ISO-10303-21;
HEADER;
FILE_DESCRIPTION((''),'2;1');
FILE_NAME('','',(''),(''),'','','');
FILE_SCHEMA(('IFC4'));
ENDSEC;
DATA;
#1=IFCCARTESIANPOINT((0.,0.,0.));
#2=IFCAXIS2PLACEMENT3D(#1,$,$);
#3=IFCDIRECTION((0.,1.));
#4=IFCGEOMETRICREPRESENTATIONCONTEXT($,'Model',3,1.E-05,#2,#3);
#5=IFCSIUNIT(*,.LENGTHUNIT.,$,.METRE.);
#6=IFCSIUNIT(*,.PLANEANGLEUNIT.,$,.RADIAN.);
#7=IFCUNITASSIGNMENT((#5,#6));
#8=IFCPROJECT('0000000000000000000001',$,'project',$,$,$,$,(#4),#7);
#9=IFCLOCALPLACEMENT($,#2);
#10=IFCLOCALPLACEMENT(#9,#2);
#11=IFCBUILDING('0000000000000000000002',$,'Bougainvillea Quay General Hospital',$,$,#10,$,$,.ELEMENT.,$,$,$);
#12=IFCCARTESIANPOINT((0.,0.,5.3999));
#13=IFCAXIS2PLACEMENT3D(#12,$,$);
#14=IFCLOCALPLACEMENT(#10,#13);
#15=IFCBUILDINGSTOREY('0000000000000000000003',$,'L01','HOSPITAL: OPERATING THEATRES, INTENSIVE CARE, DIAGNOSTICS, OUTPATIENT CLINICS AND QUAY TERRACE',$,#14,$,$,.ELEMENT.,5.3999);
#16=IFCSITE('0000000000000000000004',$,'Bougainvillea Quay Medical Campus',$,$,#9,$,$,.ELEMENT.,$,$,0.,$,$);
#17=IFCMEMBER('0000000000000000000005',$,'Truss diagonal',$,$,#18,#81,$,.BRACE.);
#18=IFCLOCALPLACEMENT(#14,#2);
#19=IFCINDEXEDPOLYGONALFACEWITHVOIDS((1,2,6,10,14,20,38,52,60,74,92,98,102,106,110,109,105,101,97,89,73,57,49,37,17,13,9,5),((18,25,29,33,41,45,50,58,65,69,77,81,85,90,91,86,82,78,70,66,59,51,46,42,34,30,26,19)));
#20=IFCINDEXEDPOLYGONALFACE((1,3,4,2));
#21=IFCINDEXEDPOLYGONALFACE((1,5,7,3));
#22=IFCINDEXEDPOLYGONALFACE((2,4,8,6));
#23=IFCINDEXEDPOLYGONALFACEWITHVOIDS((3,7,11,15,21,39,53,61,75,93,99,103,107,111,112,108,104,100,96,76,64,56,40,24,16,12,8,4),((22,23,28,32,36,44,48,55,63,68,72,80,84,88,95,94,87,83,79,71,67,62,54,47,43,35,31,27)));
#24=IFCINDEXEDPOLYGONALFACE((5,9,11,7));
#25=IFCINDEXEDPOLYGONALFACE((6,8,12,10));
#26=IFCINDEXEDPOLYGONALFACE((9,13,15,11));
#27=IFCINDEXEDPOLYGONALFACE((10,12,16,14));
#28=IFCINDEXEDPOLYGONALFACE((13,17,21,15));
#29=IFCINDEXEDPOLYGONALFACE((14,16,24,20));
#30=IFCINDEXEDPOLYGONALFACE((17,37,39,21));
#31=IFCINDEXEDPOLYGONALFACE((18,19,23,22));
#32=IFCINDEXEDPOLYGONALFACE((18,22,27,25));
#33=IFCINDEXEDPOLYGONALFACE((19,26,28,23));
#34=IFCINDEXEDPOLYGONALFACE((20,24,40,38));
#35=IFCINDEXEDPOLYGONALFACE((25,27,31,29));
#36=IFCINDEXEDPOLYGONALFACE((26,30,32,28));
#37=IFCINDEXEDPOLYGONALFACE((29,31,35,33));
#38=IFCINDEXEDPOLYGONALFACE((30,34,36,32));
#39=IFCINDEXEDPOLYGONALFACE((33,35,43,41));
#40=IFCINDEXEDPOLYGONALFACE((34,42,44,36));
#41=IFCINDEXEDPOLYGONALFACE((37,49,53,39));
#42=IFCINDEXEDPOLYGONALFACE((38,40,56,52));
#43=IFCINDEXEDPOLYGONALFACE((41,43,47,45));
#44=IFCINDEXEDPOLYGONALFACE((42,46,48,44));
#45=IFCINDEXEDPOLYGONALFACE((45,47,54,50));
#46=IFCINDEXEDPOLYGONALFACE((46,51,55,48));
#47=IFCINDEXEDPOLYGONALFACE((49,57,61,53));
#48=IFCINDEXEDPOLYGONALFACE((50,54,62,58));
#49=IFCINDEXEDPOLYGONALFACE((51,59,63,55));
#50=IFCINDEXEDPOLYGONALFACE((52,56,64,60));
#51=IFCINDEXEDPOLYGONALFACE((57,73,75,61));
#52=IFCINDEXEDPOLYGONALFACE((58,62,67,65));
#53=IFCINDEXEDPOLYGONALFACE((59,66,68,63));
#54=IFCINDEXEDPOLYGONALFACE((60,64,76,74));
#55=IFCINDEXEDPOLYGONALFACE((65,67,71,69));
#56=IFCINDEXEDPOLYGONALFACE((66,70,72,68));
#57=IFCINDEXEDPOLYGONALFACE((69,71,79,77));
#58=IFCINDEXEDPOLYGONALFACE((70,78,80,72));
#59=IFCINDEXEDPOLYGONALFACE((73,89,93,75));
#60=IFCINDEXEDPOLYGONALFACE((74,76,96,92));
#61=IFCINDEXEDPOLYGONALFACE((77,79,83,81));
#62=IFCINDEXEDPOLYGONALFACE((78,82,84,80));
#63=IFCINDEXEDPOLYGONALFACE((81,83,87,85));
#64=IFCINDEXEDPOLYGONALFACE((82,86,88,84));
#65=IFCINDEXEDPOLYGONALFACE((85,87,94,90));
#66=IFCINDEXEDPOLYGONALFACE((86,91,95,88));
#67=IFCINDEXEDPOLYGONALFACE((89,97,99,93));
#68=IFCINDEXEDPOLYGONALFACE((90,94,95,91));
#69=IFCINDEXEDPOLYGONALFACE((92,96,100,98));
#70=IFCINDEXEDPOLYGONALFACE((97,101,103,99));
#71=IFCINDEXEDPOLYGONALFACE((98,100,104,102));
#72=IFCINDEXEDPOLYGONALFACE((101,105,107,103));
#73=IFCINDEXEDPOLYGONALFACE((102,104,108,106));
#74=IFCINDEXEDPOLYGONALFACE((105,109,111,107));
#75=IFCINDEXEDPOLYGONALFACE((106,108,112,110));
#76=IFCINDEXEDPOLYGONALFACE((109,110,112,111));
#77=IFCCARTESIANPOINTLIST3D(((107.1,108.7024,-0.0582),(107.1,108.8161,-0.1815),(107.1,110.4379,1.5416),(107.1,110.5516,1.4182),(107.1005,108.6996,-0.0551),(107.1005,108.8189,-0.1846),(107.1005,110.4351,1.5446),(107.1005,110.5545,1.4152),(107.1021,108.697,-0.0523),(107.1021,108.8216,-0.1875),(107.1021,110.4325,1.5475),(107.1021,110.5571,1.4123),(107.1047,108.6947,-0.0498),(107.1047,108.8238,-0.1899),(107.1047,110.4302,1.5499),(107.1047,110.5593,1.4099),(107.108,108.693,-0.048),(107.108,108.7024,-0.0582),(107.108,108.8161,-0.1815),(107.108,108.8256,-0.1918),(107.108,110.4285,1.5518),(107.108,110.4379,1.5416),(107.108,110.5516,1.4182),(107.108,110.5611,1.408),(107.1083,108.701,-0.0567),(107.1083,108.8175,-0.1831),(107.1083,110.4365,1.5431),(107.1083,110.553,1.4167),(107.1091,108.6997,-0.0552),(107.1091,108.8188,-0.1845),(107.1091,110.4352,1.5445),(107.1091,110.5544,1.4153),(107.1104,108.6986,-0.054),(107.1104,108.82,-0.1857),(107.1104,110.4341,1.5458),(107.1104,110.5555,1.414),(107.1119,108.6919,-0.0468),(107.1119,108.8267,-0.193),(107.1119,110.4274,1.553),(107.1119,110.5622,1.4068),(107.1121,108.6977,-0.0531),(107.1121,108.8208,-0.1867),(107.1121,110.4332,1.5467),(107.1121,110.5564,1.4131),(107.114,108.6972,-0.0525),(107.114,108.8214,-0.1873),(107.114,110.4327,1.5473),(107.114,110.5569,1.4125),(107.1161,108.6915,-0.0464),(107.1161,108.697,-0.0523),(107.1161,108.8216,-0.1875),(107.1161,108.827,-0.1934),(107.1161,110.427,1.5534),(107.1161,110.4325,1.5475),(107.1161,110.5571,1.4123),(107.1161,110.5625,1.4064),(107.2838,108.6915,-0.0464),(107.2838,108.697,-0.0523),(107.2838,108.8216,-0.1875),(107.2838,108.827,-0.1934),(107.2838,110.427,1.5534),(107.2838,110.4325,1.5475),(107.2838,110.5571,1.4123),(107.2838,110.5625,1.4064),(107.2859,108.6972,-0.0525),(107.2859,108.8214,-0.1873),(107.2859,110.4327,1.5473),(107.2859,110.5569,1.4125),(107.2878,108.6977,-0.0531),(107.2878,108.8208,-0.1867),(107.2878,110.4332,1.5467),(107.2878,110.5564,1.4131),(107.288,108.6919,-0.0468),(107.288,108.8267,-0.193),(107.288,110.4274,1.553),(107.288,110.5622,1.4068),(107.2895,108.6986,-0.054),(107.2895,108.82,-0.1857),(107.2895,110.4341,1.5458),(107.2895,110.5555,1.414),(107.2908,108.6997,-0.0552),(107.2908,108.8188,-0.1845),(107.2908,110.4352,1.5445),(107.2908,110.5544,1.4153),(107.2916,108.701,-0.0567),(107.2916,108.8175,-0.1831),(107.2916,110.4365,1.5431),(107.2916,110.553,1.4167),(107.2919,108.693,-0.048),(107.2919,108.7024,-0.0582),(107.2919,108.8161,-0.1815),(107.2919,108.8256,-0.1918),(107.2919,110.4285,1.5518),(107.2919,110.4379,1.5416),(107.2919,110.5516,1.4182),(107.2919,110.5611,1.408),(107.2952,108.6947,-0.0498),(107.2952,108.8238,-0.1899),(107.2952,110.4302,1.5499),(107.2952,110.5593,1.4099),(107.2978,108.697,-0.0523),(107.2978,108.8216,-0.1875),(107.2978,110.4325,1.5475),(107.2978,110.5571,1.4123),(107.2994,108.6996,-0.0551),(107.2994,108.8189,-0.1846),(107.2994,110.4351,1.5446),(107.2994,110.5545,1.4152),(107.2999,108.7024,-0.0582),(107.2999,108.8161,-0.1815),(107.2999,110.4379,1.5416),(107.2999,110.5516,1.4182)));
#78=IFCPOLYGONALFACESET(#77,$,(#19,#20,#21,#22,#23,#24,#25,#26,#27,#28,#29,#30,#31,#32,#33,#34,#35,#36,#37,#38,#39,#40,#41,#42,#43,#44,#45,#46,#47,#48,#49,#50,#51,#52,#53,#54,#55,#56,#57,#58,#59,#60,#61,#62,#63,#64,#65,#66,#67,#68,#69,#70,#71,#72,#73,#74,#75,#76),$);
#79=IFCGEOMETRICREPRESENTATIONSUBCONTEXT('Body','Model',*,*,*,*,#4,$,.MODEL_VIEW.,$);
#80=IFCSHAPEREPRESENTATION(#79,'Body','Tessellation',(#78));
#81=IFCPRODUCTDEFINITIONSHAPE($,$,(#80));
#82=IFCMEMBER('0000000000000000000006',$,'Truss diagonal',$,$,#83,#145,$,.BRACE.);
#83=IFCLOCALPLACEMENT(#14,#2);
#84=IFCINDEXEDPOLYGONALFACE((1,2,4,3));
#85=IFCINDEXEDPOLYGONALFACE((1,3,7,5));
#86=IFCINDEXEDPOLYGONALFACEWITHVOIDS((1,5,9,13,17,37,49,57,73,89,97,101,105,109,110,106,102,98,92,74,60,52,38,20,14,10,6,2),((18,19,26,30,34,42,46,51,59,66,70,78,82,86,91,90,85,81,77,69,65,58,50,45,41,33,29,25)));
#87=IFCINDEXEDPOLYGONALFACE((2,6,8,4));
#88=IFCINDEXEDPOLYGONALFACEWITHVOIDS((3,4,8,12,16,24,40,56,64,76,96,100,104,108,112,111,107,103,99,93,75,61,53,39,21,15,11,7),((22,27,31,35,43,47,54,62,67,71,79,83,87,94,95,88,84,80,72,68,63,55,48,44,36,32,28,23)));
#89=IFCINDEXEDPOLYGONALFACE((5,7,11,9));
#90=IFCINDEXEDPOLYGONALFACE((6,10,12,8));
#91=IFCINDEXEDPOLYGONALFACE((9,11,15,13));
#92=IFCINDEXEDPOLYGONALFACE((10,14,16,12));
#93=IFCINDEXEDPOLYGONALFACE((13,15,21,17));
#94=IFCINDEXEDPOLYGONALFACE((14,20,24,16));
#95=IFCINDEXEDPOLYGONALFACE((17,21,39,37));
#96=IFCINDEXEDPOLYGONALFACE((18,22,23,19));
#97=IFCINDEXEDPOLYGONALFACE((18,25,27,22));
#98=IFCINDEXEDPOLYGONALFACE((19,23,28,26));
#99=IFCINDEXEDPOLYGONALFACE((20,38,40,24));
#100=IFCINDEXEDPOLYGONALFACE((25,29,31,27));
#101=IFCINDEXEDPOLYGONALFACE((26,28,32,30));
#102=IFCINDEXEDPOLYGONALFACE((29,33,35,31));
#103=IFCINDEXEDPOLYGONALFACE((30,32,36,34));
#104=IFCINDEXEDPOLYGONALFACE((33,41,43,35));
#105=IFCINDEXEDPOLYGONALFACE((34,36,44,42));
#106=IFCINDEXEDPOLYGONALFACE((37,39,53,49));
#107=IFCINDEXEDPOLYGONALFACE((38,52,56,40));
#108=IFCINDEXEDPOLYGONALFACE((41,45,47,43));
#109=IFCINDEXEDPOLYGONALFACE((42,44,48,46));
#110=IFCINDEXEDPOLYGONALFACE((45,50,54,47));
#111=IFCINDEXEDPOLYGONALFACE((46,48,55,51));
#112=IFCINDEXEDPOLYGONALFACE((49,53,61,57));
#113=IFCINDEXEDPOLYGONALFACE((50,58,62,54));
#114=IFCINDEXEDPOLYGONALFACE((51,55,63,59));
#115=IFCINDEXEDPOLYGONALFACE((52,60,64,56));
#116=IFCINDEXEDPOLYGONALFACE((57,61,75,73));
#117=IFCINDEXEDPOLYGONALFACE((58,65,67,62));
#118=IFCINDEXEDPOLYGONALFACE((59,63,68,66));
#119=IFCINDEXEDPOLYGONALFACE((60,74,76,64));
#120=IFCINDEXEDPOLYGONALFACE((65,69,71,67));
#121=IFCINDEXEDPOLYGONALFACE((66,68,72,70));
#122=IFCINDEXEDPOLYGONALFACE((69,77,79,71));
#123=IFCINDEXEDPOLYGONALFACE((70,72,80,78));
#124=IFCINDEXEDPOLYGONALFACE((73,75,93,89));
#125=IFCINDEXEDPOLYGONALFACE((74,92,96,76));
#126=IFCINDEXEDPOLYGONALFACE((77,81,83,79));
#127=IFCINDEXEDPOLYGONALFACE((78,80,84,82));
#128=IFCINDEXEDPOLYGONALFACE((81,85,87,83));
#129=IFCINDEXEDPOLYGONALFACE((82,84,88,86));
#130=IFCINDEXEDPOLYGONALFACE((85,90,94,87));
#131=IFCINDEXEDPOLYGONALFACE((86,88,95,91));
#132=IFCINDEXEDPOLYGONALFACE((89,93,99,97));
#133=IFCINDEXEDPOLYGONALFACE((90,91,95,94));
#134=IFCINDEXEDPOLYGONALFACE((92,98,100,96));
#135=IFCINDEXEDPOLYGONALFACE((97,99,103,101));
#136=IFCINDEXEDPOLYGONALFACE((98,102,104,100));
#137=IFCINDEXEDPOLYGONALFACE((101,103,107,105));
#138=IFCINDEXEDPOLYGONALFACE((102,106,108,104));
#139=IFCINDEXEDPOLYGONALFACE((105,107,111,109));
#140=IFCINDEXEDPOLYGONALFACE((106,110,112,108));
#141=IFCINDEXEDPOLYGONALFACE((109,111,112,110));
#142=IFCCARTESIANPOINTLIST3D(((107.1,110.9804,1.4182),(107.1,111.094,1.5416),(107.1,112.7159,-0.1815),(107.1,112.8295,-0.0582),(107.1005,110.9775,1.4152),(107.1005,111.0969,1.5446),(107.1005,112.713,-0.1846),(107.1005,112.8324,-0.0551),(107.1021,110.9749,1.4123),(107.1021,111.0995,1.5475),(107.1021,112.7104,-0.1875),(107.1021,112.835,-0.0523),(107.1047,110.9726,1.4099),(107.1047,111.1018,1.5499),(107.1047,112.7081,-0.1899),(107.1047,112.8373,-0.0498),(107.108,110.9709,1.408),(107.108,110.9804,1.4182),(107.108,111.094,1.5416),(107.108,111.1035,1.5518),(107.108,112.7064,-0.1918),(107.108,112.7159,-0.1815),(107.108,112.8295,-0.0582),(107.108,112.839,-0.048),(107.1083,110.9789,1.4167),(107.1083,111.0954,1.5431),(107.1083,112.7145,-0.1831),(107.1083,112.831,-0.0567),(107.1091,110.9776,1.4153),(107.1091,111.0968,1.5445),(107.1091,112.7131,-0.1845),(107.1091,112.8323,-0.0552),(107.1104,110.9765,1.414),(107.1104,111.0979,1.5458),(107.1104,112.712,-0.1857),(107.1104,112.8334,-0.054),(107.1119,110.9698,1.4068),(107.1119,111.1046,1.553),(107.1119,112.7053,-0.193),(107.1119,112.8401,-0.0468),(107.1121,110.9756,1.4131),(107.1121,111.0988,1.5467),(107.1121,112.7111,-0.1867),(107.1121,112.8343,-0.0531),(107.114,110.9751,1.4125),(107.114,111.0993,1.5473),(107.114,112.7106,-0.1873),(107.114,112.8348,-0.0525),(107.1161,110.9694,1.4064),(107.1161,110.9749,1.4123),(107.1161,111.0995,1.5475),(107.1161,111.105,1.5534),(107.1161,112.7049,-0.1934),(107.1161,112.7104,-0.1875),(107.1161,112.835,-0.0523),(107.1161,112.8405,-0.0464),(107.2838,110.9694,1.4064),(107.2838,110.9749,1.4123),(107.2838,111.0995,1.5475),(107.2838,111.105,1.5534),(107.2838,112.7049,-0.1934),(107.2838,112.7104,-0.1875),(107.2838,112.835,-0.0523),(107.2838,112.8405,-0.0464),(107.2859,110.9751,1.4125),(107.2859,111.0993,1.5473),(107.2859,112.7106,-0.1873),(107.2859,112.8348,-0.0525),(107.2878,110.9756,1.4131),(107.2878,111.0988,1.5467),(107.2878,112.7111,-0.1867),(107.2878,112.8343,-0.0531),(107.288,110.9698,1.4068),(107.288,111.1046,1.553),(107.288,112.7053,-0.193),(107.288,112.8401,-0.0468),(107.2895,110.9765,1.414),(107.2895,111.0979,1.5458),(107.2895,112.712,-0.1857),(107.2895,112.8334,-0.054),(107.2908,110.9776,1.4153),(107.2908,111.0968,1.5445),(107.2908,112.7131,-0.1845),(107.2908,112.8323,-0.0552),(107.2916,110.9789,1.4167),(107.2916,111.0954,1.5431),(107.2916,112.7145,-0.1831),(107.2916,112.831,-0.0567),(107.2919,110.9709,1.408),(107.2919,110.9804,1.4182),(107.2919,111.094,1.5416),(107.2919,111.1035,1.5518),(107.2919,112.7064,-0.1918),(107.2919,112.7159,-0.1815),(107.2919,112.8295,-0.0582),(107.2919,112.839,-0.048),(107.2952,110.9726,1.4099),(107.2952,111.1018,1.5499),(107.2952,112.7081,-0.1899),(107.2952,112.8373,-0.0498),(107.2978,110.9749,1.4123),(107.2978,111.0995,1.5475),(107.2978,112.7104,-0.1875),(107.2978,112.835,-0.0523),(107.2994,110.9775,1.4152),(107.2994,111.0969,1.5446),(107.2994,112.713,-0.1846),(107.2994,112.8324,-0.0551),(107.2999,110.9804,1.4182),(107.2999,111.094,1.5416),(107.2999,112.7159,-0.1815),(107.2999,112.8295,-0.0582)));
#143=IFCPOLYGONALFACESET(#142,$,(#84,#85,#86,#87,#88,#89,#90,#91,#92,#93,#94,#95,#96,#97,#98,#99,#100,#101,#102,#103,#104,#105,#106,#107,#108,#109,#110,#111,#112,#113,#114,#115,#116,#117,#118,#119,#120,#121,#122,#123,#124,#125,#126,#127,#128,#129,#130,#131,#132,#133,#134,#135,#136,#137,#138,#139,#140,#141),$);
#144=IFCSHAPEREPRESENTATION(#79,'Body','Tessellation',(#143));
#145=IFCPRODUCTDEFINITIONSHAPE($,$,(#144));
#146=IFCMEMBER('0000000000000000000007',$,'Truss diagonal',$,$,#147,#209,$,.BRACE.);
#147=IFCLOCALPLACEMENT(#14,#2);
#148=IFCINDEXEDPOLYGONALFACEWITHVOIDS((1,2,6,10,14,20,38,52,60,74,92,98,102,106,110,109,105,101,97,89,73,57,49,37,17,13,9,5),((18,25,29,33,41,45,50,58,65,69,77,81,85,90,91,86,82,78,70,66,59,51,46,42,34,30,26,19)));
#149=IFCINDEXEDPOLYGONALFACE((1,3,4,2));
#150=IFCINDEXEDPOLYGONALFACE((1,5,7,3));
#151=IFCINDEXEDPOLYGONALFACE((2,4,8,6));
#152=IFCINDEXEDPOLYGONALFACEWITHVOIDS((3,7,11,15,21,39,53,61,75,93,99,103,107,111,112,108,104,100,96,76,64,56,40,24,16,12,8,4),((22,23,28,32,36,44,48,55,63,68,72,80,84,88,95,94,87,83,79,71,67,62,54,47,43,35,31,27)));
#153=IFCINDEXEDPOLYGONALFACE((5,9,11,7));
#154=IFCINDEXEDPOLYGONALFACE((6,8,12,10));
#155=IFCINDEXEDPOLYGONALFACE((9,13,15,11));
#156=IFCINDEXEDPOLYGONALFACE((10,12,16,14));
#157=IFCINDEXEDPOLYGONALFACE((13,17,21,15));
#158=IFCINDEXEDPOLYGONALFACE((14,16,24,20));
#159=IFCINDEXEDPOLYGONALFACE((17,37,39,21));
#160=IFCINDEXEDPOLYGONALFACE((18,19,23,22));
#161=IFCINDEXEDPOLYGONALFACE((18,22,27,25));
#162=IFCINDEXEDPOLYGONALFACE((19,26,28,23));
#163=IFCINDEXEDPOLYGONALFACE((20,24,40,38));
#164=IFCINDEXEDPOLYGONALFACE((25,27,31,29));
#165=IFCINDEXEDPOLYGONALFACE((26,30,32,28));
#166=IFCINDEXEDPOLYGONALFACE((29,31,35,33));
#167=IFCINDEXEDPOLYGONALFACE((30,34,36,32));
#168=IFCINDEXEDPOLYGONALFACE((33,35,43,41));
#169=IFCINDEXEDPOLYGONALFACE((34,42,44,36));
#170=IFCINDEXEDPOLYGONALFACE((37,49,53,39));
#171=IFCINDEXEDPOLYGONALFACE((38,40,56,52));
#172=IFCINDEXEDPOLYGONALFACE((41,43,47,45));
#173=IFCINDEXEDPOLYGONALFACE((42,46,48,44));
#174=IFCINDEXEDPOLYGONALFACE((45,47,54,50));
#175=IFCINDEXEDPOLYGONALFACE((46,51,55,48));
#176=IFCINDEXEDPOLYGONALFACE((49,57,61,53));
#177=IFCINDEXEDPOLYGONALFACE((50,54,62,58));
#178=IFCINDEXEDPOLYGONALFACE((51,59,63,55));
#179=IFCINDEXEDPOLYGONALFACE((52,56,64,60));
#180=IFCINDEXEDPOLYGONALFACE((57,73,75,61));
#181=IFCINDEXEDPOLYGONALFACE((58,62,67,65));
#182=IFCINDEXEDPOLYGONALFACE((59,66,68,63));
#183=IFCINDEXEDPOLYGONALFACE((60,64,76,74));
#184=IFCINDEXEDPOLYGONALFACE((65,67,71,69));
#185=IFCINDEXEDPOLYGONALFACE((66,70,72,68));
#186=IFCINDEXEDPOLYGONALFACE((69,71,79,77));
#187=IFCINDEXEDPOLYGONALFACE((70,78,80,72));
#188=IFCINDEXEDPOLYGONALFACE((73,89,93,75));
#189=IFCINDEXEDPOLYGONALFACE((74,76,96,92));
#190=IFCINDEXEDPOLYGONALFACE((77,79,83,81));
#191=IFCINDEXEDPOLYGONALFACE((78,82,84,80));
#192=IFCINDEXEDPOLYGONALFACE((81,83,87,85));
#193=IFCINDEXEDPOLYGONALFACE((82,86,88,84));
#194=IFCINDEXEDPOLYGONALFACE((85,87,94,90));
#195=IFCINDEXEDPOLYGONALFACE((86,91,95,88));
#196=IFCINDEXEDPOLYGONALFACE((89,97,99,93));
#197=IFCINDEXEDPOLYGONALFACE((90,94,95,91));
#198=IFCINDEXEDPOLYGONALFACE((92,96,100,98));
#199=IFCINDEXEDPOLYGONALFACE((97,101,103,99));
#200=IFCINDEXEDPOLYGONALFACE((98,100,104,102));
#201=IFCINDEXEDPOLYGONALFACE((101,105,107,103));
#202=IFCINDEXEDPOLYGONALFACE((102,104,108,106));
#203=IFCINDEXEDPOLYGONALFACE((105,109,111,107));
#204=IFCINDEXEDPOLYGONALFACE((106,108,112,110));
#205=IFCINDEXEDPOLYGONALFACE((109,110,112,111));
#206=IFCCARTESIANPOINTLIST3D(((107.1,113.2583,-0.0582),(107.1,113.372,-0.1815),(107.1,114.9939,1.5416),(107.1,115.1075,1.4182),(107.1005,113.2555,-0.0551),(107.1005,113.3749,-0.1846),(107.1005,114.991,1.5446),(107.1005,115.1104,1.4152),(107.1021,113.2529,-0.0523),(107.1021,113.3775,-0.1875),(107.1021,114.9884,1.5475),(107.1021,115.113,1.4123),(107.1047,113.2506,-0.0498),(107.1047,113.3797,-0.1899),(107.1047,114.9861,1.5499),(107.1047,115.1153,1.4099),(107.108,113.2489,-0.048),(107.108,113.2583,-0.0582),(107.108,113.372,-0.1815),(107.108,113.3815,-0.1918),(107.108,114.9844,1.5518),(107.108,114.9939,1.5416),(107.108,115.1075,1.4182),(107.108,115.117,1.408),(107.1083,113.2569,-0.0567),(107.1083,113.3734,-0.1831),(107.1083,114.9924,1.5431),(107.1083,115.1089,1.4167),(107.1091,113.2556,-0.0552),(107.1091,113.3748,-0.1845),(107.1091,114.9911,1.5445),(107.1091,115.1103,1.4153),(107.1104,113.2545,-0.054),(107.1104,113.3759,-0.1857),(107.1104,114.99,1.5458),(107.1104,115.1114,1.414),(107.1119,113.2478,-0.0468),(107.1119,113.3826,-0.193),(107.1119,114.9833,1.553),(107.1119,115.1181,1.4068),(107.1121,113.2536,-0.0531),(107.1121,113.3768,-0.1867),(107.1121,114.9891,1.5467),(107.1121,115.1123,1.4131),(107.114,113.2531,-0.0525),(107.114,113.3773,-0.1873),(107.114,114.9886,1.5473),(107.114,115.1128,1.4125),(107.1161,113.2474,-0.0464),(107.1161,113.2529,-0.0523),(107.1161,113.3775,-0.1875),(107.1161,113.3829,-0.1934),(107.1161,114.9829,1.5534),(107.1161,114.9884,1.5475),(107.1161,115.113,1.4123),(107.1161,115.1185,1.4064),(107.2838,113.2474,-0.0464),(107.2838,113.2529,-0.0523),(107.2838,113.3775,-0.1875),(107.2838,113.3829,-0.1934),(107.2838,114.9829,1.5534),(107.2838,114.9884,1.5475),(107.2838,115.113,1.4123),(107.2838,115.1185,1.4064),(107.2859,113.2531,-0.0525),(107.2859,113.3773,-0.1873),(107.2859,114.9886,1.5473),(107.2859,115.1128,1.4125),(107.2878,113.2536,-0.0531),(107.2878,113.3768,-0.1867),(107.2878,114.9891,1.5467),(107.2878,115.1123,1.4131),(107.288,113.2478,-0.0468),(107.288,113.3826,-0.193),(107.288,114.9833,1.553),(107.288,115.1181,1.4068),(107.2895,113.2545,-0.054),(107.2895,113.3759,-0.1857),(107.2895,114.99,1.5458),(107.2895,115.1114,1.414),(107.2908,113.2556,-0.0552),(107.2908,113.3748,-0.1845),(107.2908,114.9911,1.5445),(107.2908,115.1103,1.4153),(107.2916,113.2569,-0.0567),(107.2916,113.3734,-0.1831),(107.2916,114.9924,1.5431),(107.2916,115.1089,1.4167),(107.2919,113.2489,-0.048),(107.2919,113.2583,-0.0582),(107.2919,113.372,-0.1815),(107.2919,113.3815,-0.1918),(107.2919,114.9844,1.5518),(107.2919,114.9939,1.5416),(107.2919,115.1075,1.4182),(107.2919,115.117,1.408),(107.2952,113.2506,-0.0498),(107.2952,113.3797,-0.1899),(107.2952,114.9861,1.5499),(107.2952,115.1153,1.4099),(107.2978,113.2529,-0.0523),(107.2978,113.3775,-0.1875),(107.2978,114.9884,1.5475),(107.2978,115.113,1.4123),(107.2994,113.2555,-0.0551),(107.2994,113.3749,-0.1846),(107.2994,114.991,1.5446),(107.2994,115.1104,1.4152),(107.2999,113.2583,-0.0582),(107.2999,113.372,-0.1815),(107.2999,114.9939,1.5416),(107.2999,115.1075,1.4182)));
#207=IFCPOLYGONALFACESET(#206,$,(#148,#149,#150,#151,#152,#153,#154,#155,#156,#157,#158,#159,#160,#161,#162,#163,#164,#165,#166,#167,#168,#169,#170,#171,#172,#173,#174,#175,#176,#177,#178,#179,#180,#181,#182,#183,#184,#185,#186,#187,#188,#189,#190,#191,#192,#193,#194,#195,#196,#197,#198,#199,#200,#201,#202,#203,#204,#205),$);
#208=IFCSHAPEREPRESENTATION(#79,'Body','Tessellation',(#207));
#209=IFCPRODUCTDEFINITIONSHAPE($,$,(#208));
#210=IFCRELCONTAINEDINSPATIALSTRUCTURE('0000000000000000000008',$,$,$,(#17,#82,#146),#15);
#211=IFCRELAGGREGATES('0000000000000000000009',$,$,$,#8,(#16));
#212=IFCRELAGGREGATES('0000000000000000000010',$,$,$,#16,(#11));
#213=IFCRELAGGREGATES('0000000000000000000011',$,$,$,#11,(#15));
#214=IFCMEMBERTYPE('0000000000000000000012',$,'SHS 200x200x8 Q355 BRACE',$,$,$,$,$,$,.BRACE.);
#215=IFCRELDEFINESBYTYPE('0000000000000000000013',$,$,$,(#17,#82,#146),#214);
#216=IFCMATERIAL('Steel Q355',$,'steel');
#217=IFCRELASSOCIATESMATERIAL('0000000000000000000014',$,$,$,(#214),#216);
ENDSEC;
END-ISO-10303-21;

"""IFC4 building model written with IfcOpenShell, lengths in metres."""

from ifc_helpers import new_model, si_unit, direction, frame, origin, origin_2d, place, context, subcontext, project, spatial, hollow_rectangle, extrude, material, material_profile, profile_set, type_object, element, save


model = new_model("IFC4")

# Units and contexts
model_context = context("Model", 3, precision=1e-05, world=origin(), true_north=direction((0.0, 1.0)))
body_context = subcontext(model_context, "Body", "Model", "MODEL_VIEW")
ifc_project = project(units=[si_unit("LENGTHUNIT", "METRE"), si_unit("PLANEANGLEUNIT", "RADIAN")], contexts=[model_context])

# Site, building, storey
site_placement = place(None, origin())
site = spatial("IfcSite", under=ifc_project, at=site_placement, Name="Bougainvillea Quay Medical Campus", CompositionType="ELEMENT", RefElevation=0.0)
building_placement = place(site_placement, origin())
building = spatial("IfcBuilding", under=site, at=building_placement, Name="Bougainvillea Quay General Hospital", CompositionType="ELEMENT")
storey_placement = place(building_placement, frame((0.0, 0.0, 5.3999)))
storey = spatial("IfcBuildingStorey", under=building, at=storey_placement, Name="L01", Description="HOSPITAL: OPERATING THEATRES, INTENSIVE CARE, DIAGNOSTICS, OUTPATIENT CLINICS AND QUAY TERRACE", CompositionType="ELEMENT", Elevation=5.3999)

# Members
ifc_material_1 = material(Name="Steel Q355", Category="steel")
ifc_material_profile_1 = material_profile(ifc_material_1, hollow_rectangle(XDim=0.2, YDim=0.2, WallThickness=0.0081, InnerFilletRadius=0.0081, OuterFilletRadius=0.0161, at=origin_2d()))
ifc_profile_set_1 = profile_set([ifc_material_profile_1], Name="Steel Q355")
member_type_1 = type_object("IfcMemberType", Name="SHS 200x200x8 Q355 BRACE", PredefinedType="BRACE", material=ifc_profile_set_1)
for number, where, z_axis, x_axis, name in (
    (1, (107.2, 108.7593, -0.1199), (0.0, 0.735275, 0.677769), (-1.0, 0.0, 0.0), "Truss diagonal"),
    (2, (107.2, 112.7727, -0.1199), (0.0, -0.735275, 0.677769), (1.0, 0.0, 0.0), "Truss diagonal"),
    (3, (107.2, 113.3152, -0.1199), (0.0, 0.735275, 0.677769), (-1.0, 0.0, 0.0), "Truss diagonal"),
):
    element("IfcMember", number, at=place(storey_placement, frame(where, z_axis=z_axis, x_axis=x_axis)), inside=storey, type_object=member_type_1, Name=name, PredefinedType="BRACE", context=body_context, shape_type="SweptSolid", body=[
        extrude(hollow_rectangle(XDim=0.2, YDim=0.2, WallThickness=0.0081, InnerFilletRadius=0.0081, OuterFilletRadius=0.0161, at=origin_2d()), origin(), (0.0, 0.0, 1.0), 2.3604),
    ])

save(model, "model.ifc")
